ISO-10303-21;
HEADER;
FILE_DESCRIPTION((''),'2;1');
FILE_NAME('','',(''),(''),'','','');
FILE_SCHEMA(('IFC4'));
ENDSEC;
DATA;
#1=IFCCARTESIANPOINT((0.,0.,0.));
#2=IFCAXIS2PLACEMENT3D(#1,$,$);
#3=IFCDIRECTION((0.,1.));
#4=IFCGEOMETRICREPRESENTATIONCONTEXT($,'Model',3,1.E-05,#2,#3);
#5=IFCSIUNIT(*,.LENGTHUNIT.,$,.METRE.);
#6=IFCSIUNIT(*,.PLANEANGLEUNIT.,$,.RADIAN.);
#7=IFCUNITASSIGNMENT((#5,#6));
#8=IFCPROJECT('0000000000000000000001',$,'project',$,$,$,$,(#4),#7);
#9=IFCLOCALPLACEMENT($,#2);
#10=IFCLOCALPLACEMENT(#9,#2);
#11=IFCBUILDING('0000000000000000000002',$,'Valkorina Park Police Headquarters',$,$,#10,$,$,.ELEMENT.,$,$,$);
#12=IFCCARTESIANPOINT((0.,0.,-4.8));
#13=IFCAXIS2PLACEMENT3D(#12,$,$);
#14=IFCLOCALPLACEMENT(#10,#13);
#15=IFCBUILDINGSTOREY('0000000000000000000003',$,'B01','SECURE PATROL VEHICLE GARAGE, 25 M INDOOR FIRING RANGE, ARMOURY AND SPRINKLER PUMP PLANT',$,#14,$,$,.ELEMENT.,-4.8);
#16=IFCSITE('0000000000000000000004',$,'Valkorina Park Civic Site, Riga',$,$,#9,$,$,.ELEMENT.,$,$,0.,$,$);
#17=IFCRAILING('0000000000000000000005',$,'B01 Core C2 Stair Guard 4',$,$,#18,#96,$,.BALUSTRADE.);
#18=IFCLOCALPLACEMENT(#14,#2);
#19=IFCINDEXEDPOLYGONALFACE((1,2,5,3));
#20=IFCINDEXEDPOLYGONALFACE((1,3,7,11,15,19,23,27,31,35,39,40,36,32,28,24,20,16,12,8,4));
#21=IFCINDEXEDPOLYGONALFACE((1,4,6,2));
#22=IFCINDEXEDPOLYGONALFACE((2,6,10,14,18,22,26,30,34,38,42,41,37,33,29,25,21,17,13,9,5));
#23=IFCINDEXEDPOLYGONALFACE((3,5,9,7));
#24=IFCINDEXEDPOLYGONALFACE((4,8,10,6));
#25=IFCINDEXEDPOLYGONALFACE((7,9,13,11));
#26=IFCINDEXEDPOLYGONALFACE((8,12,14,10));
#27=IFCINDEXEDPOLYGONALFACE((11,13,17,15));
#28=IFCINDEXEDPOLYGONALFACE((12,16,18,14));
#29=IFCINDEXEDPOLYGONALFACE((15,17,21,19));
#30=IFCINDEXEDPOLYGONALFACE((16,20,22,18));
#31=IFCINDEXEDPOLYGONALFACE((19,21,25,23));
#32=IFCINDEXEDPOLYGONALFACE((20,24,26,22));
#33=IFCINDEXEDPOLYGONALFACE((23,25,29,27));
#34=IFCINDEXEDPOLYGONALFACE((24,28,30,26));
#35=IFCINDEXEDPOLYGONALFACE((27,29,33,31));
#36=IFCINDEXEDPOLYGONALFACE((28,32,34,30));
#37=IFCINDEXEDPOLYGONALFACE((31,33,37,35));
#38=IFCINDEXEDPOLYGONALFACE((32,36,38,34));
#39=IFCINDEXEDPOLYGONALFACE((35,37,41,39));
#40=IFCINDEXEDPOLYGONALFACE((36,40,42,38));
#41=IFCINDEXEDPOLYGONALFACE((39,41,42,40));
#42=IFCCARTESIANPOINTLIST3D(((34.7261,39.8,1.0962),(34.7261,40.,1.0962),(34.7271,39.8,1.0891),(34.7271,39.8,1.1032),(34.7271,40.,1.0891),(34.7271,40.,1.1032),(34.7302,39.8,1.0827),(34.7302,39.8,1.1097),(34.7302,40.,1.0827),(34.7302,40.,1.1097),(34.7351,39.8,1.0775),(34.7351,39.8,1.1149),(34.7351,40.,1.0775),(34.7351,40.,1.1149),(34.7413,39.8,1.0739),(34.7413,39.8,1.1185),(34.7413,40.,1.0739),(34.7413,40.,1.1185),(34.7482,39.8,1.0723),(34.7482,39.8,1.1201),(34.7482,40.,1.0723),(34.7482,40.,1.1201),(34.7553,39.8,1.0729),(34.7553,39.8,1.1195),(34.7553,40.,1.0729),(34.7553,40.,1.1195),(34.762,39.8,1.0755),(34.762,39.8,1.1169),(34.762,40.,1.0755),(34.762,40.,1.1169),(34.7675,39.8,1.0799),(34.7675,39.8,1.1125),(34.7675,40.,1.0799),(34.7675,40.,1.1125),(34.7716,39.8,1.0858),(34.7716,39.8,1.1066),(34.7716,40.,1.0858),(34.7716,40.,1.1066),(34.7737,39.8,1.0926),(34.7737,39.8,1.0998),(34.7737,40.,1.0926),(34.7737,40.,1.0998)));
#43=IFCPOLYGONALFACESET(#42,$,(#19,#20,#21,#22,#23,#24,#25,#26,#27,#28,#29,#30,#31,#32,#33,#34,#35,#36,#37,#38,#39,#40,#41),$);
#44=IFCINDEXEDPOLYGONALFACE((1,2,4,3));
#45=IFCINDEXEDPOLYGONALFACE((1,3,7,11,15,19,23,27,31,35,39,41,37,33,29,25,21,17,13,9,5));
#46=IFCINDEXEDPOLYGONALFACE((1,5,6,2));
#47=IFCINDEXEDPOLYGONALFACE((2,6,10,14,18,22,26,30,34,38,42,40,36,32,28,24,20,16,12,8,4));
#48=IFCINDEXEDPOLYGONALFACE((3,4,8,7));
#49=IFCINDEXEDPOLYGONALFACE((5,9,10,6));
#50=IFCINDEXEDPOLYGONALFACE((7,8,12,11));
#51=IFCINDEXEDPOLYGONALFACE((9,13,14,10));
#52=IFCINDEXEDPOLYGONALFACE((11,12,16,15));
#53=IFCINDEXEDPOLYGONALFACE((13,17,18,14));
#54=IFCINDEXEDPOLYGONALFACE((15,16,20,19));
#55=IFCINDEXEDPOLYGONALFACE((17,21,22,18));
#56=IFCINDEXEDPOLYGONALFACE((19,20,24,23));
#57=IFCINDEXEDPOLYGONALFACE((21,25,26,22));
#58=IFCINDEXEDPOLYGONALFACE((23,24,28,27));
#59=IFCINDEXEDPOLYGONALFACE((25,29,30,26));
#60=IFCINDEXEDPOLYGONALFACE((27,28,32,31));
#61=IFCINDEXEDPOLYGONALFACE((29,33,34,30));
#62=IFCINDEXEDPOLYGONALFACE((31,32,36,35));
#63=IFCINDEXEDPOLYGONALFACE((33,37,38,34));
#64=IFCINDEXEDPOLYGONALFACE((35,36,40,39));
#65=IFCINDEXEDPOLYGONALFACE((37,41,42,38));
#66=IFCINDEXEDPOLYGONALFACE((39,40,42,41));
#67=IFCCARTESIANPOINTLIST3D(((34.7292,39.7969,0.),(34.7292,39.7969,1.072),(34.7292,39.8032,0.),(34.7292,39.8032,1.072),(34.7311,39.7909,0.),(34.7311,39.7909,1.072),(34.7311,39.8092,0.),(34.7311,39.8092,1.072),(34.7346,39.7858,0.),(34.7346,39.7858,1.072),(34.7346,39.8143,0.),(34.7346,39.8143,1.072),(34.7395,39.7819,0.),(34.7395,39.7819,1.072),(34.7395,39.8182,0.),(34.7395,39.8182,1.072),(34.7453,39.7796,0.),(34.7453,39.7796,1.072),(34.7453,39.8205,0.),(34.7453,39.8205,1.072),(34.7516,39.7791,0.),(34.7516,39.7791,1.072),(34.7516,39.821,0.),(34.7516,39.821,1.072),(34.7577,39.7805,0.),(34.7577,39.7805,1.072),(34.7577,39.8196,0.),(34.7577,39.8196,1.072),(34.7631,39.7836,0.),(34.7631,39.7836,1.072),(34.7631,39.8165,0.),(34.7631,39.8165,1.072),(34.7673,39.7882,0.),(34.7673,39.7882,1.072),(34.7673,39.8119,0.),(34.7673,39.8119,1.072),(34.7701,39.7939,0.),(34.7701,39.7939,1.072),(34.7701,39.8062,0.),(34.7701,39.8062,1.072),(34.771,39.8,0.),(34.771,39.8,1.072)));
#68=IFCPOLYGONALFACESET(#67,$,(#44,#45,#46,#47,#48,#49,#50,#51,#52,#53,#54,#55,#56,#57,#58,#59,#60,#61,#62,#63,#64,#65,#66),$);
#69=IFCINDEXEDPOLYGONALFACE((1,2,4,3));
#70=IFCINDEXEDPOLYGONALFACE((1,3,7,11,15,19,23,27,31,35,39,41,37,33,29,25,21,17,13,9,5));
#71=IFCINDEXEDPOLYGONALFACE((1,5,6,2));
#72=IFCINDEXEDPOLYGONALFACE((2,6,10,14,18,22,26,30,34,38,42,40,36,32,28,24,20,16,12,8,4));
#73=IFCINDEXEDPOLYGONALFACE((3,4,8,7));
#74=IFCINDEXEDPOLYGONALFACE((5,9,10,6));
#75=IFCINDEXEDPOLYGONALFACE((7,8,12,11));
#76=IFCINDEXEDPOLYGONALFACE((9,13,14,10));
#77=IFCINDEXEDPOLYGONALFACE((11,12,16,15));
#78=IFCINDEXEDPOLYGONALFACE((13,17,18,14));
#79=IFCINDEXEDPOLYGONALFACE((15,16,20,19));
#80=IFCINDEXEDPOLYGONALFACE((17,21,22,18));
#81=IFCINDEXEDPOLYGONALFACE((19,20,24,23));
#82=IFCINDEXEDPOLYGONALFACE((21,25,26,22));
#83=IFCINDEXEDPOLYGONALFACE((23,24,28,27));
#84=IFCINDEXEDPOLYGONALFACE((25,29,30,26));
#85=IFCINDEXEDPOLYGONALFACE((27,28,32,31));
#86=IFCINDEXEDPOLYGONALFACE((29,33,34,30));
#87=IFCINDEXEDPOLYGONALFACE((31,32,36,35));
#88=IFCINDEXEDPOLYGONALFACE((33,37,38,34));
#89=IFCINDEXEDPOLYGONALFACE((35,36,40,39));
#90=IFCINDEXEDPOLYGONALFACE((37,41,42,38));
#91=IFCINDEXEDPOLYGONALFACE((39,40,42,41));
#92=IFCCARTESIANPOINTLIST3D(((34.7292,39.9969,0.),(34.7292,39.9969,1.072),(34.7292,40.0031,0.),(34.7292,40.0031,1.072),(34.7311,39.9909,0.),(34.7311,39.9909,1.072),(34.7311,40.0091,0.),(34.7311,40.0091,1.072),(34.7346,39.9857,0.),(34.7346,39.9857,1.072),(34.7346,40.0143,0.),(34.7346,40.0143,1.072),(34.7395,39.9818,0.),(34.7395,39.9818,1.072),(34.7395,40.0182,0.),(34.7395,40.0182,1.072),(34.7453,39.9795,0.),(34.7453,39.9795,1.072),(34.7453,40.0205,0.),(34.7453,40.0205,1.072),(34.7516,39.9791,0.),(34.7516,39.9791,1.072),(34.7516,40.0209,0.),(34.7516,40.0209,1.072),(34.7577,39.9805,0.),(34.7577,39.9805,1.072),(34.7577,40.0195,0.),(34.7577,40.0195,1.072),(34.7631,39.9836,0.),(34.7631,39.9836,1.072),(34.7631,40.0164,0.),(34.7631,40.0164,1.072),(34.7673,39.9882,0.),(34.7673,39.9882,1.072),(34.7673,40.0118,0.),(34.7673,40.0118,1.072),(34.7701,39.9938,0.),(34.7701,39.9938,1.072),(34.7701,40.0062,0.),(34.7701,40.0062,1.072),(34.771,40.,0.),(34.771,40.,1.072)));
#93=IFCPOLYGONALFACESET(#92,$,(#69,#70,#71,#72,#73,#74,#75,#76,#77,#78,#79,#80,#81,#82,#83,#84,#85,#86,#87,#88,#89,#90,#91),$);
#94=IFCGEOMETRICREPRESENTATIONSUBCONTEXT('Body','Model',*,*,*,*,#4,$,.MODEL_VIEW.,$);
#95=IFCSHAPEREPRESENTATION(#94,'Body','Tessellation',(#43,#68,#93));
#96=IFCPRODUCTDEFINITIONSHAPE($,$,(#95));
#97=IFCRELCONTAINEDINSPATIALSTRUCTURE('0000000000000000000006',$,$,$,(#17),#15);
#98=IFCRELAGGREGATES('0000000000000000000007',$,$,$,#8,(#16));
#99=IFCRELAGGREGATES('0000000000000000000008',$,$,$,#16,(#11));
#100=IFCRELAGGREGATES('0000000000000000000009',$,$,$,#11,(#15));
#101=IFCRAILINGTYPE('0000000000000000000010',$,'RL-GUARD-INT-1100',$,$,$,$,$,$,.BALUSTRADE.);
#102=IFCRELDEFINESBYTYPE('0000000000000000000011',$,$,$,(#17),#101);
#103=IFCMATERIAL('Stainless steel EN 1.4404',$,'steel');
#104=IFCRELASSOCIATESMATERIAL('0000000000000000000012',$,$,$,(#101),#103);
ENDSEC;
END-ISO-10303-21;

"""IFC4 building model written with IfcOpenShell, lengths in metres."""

from ifc_helpers import new_model, si_unit, direction, frame, origin, origin_2d, place, context, subcontext, project, spatial, circle, extrude, material, type_object, element, save


model = new_model("IFC4")

# Units and contexts
model_context = context("Model", 3, precision=1e-05, world=origin(), true_north=direction((0.0, 1.0)))
body_context = subcontext(model_context, "Body", "Model", "MODEL_VIEW")
ifc_project = project(units=[si_unit("LENGTHUNIT", "METRE"), si_unit("PLANEANGLEUNIT", "RADIAN")], contexts=[model_context])

# Site, building, storey
site_placement = place(None, origin())
site = spatial("IfcSite", under=ifc_project, at=site_placement, Name="Valkorina Park Civic Site, Riga", CompositionType="ELEMENT", RefElevation=0.0)
building_placement = place(site_placement, origin())
building = spatial("IfcBuilding", under=site, at=building_placement, Name="Valkorina Park Police Headquarters", CompositionType="ELEMENT")
storey_placement = place(building_placement, frame((0.0, 0.0, -4.8)))
storey = spatial("IfcBuildingStorey", under=building, at=storey_placement, Name="B01", Description="SECURE PATROL VEHICLE GARAGE, 25 M INDOOR FIRING RANGE, ARMOURY AND SPRINKLER PUMP PLANT", CompositionType="ELEMENT", Elevation=-4.8)

# Shared definitions
ifc_material_1 = material(Name="Stainless steel EN 1.4404", Category="steel")

# Railing
railing_type_1 = type_object("IfcRailingType", Name="RL-GUARD-INT-1100", PredefinedType="BALUSTRADE", material=ifc_material_1)
railing_1_placement = place(storey_placement, frame((34.75, 39.8, 0.0)))
element("IfcRailing", 1, at=railing_1_placement, inside=storey, type_object=railing_type_1, Name="B01 Core C2 Stair Guard 4", PredefinedType="BALUSTRADE", context=body_context, shape_type="SweptSolid", body=[
    extrude(circle(Radius=0.0239, at=origin_2d()), frame((0.0, 0.0, 1.0962), z_axis=(0.0, 1.0, 0.0), x_axis=(-1.0, 0.0, 0.0)), (0.0, 0.0, 1.0), 0.2),
    extrude(circle(Radius=0.021, at=origin_2d()), origin(), (0.0, 0.0, 1.0), 1.072),
    extrude(circle(Radius=0.021, at=origin_2d()), frame((0.0, 0.2, 0.0)), (0.0, 0.0, 1.0), 1.072),
])

save(model, "model.ifc")
